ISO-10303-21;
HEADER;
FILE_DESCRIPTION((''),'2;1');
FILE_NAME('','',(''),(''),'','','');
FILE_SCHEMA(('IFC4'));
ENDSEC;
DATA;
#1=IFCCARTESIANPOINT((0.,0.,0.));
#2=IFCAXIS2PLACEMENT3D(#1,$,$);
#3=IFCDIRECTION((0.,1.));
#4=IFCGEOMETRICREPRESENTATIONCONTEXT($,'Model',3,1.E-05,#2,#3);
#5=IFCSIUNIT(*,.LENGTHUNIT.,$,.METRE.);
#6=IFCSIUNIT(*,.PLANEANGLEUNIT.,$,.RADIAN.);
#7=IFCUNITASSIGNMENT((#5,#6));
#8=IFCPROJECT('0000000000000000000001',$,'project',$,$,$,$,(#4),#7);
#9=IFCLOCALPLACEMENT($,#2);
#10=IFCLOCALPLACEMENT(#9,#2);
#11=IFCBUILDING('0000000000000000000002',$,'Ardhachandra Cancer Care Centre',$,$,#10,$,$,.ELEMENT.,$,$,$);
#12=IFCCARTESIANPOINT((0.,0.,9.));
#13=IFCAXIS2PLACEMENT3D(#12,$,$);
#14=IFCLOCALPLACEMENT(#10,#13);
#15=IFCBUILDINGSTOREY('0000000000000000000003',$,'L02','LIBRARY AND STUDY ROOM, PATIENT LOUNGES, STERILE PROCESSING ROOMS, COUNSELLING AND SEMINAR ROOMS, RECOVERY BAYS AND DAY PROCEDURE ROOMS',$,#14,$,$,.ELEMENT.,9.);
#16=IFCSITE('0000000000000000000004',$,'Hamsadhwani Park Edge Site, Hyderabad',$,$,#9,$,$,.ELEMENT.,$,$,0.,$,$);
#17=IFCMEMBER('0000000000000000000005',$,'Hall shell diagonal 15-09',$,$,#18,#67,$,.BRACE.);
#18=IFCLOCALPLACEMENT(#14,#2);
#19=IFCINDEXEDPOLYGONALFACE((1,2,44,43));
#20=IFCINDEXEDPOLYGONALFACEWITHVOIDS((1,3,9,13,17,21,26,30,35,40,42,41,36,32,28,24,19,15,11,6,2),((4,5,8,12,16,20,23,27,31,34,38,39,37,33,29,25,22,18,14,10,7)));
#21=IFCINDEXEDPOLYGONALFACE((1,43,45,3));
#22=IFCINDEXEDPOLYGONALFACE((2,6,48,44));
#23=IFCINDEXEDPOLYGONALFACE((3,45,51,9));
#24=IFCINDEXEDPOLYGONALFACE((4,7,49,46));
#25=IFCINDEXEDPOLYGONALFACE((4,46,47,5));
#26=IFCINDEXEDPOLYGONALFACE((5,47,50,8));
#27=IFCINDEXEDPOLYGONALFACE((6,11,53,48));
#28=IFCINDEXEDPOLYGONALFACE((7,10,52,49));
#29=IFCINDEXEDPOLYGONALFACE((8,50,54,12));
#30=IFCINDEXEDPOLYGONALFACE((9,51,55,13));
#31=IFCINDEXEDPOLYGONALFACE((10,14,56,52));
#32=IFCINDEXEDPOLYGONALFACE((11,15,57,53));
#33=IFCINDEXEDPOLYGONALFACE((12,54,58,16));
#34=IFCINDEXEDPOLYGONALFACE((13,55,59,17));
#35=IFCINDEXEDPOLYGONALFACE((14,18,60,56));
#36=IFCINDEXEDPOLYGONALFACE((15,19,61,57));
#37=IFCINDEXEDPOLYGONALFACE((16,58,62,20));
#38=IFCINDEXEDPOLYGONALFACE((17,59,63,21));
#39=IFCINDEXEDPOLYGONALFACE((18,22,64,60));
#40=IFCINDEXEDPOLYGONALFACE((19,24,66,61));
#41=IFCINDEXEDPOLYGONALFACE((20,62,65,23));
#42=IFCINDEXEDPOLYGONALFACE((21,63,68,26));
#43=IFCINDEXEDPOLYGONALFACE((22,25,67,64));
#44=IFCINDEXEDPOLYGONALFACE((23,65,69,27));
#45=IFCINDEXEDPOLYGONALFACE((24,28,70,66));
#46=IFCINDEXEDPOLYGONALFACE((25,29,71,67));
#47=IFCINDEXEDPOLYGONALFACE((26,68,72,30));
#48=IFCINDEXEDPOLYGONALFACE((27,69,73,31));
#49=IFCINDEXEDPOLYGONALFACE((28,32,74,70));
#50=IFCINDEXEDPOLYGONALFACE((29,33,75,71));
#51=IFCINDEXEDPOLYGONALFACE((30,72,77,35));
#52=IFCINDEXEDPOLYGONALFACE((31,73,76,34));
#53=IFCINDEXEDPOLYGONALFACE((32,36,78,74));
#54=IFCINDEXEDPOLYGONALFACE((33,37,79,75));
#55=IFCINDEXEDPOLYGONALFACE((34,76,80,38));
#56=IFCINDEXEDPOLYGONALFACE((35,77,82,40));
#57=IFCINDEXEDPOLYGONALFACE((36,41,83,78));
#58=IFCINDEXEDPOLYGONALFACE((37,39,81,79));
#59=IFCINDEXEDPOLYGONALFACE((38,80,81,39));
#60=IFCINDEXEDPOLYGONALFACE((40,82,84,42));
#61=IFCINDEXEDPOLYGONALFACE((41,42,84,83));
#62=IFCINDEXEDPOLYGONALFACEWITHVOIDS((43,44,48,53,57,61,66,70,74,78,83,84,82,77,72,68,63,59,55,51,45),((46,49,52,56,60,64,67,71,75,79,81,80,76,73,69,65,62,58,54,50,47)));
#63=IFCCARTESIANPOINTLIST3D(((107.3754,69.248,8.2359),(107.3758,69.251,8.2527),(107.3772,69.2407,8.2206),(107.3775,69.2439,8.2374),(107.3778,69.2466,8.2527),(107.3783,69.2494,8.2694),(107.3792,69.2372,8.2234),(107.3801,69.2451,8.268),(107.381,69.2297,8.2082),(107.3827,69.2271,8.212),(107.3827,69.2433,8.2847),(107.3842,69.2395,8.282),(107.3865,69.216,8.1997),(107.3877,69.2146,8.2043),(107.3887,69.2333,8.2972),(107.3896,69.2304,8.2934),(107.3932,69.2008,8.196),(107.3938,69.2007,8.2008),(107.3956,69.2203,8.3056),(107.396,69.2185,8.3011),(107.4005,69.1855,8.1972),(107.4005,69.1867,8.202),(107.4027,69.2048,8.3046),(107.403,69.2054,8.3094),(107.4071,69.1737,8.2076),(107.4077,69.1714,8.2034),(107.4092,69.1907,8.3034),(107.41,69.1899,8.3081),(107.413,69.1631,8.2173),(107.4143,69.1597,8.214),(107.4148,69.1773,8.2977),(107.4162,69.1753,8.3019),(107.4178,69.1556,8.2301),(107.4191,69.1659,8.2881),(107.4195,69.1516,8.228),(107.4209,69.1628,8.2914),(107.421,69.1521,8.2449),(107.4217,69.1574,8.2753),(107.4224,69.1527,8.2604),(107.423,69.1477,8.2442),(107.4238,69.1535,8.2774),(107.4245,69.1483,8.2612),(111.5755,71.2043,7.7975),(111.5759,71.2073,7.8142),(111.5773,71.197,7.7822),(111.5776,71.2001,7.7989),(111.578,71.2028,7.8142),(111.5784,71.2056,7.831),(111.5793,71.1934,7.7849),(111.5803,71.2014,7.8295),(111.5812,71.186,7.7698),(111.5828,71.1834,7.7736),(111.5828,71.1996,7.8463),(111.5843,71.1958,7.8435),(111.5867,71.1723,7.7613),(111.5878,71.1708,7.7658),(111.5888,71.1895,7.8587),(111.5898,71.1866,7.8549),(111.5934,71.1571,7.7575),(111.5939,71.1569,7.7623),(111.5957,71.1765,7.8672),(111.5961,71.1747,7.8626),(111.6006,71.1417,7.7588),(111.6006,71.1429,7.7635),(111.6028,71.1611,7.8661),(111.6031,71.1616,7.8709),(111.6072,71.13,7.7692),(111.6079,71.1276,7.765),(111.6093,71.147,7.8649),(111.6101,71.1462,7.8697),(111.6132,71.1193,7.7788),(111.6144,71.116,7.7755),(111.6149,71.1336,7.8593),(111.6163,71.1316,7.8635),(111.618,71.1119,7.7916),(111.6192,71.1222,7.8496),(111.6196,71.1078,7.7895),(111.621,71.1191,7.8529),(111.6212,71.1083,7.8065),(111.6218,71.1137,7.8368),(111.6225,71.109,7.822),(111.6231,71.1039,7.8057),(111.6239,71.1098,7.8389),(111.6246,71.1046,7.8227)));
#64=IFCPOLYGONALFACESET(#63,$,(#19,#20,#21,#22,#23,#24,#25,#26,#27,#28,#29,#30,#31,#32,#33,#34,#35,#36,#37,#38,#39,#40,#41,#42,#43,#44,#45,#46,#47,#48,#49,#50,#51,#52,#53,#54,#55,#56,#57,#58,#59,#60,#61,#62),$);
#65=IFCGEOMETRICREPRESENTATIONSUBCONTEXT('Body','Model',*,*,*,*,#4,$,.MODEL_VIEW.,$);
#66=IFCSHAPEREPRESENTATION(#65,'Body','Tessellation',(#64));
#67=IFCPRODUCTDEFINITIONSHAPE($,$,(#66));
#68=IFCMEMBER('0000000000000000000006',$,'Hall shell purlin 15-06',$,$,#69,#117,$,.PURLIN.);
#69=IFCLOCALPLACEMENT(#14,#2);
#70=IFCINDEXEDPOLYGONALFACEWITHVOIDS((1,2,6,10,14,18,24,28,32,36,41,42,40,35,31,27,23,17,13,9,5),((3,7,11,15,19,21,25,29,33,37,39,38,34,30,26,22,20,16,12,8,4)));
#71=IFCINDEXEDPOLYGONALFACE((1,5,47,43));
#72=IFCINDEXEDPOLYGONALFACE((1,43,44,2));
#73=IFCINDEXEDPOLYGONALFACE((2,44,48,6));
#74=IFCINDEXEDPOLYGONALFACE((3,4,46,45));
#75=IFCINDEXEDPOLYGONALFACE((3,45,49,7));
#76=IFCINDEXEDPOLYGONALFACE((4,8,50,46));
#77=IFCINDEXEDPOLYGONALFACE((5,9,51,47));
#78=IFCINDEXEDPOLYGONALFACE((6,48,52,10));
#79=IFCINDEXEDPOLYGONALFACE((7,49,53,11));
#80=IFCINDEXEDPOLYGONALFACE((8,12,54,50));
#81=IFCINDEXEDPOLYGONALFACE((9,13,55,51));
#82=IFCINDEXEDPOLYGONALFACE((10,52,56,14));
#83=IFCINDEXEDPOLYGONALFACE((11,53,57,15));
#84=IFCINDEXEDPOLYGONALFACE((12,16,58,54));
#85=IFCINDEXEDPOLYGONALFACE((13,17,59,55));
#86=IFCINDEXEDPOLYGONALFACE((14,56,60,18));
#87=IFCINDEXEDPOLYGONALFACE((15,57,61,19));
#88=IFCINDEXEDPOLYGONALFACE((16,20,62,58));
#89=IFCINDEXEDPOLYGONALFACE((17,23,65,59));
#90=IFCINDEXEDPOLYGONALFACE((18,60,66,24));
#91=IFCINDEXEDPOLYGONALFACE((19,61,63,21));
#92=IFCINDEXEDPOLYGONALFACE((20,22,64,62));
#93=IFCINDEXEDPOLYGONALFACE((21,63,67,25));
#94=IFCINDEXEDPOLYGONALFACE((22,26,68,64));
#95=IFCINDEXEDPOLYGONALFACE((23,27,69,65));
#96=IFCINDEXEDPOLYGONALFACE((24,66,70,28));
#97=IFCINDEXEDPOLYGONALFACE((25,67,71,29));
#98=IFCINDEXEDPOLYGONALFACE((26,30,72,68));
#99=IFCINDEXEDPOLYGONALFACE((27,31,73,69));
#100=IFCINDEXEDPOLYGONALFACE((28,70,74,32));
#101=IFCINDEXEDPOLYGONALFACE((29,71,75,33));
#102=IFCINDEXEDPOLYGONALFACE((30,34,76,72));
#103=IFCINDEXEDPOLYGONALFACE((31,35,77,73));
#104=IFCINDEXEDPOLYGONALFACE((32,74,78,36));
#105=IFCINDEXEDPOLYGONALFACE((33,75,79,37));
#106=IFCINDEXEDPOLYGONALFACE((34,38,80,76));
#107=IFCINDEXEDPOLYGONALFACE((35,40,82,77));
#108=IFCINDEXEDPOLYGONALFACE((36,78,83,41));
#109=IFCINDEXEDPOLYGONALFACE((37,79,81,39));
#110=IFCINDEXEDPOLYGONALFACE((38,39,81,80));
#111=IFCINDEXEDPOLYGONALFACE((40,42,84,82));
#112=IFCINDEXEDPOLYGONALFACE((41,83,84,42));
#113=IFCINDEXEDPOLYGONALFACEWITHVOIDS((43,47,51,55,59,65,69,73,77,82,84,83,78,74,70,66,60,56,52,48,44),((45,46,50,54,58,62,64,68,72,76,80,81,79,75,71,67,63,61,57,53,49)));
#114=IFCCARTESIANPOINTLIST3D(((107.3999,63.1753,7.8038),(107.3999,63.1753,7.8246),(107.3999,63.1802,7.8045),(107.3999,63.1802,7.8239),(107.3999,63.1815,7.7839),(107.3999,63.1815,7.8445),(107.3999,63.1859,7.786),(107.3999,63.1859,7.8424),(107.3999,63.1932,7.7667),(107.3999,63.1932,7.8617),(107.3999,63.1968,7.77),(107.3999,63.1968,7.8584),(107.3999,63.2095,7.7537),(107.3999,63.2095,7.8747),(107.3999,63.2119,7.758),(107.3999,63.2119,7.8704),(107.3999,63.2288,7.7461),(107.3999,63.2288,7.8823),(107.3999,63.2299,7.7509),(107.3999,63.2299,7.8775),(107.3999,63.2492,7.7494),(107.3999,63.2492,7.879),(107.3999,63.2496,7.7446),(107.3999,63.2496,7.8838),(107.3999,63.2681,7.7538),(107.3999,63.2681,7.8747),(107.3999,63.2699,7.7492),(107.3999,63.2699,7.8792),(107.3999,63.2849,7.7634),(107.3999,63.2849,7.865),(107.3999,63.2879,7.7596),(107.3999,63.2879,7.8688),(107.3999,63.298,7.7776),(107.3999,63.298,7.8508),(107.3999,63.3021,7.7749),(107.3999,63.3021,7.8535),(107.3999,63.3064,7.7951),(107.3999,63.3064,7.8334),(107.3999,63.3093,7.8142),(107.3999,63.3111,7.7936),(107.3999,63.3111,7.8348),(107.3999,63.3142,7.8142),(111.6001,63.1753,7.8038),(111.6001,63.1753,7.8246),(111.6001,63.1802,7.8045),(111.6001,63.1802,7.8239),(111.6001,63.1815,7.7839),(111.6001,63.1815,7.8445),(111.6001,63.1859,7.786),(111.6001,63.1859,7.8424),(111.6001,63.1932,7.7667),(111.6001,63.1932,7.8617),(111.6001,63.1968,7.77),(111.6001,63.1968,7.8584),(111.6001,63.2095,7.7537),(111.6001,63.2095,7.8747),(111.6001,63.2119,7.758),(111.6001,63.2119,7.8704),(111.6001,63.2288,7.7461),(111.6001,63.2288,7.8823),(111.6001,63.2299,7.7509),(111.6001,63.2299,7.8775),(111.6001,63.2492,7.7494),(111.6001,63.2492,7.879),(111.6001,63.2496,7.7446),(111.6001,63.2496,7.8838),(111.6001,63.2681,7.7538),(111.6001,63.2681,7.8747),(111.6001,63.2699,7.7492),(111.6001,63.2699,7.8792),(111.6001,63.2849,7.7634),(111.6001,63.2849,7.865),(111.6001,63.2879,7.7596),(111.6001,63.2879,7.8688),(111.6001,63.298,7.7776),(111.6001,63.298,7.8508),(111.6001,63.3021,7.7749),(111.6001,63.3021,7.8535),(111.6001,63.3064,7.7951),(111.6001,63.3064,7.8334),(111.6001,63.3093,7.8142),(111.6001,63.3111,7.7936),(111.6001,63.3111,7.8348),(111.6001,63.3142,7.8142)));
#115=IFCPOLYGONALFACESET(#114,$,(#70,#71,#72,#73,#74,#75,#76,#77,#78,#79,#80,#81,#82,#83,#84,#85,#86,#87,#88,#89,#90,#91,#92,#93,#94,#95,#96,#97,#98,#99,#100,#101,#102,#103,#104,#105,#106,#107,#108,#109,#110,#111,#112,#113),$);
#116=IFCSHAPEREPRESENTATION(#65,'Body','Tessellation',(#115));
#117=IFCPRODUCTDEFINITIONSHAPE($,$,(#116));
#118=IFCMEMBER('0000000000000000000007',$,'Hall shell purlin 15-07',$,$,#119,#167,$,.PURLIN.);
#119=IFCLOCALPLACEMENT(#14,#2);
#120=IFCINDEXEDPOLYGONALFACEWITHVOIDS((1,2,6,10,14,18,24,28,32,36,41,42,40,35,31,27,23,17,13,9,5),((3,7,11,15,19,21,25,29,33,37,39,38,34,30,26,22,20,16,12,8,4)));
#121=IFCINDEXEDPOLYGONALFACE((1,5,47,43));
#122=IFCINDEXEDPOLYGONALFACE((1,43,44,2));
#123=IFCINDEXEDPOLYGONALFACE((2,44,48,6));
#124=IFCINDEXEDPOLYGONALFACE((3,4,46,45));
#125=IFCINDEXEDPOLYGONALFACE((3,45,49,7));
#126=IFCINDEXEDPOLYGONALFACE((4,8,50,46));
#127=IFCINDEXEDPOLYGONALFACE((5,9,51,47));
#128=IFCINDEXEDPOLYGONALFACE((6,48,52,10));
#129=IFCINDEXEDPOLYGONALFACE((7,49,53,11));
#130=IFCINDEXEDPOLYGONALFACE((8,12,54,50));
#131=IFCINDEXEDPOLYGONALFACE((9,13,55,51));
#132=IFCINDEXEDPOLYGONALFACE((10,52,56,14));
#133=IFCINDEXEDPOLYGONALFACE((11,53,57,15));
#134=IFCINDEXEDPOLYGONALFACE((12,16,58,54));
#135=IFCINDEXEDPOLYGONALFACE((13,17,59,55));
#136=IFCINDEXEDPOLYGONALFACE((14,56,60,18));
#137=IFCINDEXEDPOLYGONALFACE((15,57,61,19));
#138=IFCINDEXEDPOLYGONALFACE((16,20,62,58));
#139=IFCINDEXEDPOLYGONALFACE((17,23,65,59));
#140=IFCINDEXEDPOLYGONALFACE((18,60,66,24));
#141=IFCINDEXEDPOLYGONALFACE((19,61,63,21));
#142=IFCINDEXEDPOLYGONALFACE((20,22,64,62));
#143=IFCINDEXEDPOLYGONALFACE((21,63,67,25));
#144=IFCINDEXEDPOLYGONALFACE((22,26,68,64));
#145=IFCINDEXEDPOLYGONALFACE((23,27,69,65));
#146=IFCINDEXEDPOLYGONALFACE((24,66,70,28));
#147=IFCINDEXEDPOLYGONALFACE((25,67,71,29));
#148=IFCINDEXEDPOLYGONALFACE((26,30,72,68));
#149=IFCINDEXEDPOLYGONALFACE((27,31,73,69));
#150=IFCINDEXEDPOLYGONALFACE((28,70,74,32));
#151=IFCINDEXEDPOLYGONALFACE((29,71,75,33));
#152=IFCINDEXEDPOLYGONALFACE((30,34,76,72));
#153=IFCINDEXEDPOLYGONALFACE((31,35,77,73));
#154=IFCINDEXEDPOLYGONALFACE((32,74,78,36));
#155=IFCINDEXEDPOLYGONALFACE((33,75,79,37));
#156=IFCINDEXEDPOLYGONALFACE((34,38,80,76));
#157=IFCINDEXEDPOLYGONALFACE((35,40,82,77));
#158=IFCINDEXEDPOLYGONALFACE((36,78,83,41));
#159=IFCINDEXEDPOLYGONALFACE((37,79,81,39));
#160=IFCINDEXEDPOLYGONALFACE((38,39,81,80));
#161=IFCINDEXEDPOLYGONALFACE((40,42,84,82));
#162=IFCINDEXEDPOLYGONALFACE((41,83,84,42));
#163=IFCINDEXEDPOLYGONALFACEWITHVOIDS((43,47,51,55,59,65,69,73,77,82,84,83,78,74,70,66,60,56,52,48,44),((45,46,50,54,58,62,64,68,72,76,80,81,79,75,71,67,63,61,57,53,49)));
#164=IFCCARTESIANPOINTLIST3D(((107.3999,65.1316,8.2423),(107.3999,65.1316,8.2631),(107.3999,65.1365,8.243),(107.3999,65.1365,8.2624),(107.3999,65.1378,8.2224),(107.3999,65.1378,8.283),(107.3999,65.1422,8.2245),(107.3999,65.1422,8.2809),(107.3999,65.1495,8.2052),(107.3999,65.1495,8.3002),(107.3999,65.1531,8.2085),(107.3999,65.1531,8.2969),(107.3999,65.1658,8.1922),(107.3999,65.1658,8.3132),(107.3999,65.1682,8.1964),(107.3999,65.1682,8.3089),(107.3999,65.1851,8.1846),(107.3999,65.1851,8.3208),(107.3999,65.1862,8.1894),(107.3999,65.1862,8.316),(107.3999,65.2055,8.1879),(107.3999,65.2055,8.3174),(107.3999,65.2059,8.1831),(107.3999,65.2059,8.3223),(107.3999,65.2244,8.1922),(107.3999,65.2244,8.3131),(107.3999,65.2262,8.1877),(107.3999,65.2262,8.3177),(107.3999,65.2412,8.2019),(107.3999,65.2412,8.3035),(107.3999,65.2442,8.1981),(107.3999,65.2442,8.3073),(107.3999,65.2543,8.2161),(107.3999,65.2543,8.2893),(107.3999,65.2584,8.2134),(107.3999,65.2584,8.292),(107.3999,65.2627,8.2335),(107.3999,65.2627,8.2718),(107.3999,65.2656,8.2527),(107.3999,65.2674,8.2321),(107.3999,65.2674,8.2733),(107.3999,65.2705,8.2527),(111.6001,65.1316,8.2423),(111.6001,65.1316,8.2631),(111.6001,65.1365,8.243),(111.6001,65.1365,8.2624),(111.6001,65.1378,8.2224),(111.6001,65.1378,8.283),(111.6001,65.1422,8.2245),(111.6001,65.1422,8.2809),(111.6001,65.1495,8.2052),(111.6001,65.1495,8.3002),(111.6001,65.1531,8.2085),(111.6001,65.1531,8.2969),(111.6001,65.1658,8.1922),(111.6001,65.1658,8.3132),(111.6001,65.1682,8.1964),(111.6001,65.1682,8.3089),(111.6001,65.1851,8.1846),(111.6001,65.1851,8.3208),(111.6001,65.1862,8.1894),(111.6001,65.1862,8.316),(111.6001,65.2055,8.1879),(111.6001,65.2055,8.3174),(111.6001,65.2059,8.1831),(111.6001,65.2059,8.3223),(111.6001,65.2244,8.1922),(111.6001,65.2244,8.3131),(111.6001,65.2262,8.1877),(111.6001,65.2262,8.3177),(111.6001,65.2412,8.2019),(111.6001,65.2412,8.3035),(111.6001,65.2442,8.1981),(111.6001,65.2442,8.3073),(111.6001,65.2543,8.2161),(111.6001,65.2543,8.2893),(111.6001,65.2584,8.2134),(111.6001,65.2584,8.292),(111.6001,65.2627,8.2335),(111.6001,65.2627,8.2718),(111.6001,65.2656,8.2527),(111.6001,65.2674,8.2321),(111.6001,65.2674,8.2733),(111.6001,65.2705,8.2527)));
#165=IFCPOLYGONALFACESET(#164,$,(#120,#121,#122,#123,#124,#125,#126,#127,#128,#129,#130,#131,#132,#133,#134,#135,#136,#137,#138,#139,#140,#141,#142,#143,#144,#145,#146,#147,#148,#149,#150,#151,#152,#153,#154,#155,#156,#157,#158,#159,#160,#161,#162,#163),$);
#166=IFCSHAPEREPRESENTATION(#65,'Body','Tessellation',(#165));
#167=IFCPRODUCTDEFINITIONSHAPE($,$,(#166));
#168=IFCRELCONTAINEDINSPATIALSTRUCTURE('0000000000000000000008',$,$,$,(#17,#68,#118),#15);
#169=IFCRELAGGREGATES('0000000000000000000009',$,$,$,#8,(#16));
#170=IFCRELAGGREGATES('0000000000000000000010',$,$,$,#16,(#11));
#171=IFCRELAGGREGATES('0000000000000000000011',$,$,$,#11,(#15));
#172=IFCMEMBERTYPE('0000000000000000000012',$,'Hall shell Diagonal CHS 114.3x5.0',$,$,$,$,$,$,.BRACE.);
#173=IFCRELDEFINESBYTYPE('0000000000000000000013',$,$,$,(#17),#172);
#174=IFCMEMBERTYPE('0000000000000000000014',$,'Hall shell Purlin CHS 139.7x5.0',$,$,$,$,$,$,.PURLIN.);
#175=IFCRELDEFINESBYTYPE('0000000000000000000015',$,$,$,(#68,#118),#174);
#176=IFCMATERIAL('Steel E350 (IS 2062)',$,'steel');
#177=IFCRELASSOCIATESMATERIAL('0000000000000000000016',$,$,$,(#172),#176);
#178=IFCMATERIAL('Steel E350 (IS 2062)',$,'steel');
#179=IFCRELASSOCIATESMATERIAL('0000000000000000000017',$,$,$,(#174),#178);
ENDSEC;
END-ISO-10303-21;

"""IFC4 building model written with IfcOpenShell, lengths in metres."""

from ifc_helpers import new_model, si_unit, direction, frame, origin, origin_2d, place, context, subcontext, project, spatial, hollow_circle, extrude, material, material_profile, profile_set, type_object, element, save


model = new_model("IFC4")

# Units and contexts
model_context = context("Model", 3, precision=1e-05, world=origin(), true_north=direction((0.0, 1.0)))
body_context = subcontext(model_context, "Body", "Model", "MODEL_VIEW")
ifc_project = project(units=[si_unit("LENGTHUNIT", "METRE"), si_unit("PLANEANGLEUNIT", "RADIAN")], contexts=[model_context])

# Site, building, storey
site_placement = place(None, origin())
site = spatial("IfcSite", under=ifc_project, at=site_placement, Name="Hamsadhwani Park Edge Site, Hyderabad", CompositionType="ELEMENT", RefElevation=0.0)
building_placement = place(site_placement, origin())
building = spatial("IfcBuilding", under=site, at=building_placement, Name="Ardhachandra Cancer Care Centre", CompositionType="ELEMENT")
storey_placement = place(building_placement, frame((0.0, 0.0, 9.0)))
storey = spatial("IfcBuildingStorey", under=building, at=storey_placement, Name="L02", Description="LIBRARY AND STUDY ROOM, PATIENT LOUNGES, STERILE PROCESSING ROOMS, COUNSELLING AND SEMINAR ROOMS, RECOVERY BAYS AND DAY PROCEDURE ROOMS", CompositionType="ELEMENT", Elevation=9.0)

# Members
ifc_material_1 = material(Name="Steel E350 (IS 2062)", Category="steel")
ifc_material_profile_1 = material_profile(ifc_material_1, hollow_circle(Radius=0.0571, WallThickness=0.0049, at=origin_2d()), Name="CHS 114.3x5.0")
ifc_profile_set_1 = profile_set([ifc_material_profile_1], Name="Steel E350 (IS 2062)")
member_type_1 = type_object("IfcMemberType", Name="Hall shell Diagonal CHS 114.3x5.0", PredefinedType="BRACE", material=ifc_profile_set_1)
for number, where, z_axis, x_axis, name in (
    (1, (107.3999, 69.1992, 8.2527), (0.902465, 0.420335, -0.094212), (-0.422213, 0.906497, 0.0), "Hall shell diagonal 15-09"),
):
    element("IfcMember", number, at=place(storey_placement, frame(where, z_axis=z_axis, x_axis=x_axis)), inside=storey, type_object=member_type_1, Name=name, PredefinedType="BRACE", context=body_context, shape_type="SweptSolid", body=[
        extrude(hollow_circle(Radius=0.0571, WallThickness=0.0049, at=origin_2d()), origin(), (0.0, 0.0, 1.0), 4.6541),
    ])
ifc_material_2 = material(Name="Steel E350 (IS 2062)", Category="steel")
ifc_material_profile_2 = material_profile(ifc_material_2, hollow_circle(Radius=0.0698, WallThickness=0.0049, at=origin_2d()), Name="CHS 139.7x5.0")
ifc_profile_set_2 = profile_set([ifc_material_profile_2], Name="Steel E350 (IS 2062)")
member_type_2 = type_object("IfcMemberType", Name="Hall shell Purlin CHS 139.7x5.0", PredefinedType="PURLIN", material=ifc_profile_set_2)
for number, where, z_axis, x_axis, name in (
    (2, (107.3999, 63.2444, 7.8142), (1.0, 0.0, 0.0), (0.0, 1.0, 0.0), "Hall shell purlin 15-06"),
    (3, (107.3999, 65.2007, 8.2527), (1.0, 0.0, 0.0), (0.0, 1.0, 0.0), "Hall shell purlin 15-07"),
):
    element("IfcMember", number, at=place(storey_placement, frame(where, z_axis=z_axis, x_axis=x_axis)), inside=storey, type_object=member_type_2, Name=name, PredefinedType="PURLIN", context=body_context, shape_type="SweptSolid", body=[
        extrude(hollow_circle(Radius=0.0698, WallThickness=0.0049, at=origin_2d()), origin(), (0.0, 0.0, 1.0), 4.2002),
    ])

save(model, "model.ifc")
